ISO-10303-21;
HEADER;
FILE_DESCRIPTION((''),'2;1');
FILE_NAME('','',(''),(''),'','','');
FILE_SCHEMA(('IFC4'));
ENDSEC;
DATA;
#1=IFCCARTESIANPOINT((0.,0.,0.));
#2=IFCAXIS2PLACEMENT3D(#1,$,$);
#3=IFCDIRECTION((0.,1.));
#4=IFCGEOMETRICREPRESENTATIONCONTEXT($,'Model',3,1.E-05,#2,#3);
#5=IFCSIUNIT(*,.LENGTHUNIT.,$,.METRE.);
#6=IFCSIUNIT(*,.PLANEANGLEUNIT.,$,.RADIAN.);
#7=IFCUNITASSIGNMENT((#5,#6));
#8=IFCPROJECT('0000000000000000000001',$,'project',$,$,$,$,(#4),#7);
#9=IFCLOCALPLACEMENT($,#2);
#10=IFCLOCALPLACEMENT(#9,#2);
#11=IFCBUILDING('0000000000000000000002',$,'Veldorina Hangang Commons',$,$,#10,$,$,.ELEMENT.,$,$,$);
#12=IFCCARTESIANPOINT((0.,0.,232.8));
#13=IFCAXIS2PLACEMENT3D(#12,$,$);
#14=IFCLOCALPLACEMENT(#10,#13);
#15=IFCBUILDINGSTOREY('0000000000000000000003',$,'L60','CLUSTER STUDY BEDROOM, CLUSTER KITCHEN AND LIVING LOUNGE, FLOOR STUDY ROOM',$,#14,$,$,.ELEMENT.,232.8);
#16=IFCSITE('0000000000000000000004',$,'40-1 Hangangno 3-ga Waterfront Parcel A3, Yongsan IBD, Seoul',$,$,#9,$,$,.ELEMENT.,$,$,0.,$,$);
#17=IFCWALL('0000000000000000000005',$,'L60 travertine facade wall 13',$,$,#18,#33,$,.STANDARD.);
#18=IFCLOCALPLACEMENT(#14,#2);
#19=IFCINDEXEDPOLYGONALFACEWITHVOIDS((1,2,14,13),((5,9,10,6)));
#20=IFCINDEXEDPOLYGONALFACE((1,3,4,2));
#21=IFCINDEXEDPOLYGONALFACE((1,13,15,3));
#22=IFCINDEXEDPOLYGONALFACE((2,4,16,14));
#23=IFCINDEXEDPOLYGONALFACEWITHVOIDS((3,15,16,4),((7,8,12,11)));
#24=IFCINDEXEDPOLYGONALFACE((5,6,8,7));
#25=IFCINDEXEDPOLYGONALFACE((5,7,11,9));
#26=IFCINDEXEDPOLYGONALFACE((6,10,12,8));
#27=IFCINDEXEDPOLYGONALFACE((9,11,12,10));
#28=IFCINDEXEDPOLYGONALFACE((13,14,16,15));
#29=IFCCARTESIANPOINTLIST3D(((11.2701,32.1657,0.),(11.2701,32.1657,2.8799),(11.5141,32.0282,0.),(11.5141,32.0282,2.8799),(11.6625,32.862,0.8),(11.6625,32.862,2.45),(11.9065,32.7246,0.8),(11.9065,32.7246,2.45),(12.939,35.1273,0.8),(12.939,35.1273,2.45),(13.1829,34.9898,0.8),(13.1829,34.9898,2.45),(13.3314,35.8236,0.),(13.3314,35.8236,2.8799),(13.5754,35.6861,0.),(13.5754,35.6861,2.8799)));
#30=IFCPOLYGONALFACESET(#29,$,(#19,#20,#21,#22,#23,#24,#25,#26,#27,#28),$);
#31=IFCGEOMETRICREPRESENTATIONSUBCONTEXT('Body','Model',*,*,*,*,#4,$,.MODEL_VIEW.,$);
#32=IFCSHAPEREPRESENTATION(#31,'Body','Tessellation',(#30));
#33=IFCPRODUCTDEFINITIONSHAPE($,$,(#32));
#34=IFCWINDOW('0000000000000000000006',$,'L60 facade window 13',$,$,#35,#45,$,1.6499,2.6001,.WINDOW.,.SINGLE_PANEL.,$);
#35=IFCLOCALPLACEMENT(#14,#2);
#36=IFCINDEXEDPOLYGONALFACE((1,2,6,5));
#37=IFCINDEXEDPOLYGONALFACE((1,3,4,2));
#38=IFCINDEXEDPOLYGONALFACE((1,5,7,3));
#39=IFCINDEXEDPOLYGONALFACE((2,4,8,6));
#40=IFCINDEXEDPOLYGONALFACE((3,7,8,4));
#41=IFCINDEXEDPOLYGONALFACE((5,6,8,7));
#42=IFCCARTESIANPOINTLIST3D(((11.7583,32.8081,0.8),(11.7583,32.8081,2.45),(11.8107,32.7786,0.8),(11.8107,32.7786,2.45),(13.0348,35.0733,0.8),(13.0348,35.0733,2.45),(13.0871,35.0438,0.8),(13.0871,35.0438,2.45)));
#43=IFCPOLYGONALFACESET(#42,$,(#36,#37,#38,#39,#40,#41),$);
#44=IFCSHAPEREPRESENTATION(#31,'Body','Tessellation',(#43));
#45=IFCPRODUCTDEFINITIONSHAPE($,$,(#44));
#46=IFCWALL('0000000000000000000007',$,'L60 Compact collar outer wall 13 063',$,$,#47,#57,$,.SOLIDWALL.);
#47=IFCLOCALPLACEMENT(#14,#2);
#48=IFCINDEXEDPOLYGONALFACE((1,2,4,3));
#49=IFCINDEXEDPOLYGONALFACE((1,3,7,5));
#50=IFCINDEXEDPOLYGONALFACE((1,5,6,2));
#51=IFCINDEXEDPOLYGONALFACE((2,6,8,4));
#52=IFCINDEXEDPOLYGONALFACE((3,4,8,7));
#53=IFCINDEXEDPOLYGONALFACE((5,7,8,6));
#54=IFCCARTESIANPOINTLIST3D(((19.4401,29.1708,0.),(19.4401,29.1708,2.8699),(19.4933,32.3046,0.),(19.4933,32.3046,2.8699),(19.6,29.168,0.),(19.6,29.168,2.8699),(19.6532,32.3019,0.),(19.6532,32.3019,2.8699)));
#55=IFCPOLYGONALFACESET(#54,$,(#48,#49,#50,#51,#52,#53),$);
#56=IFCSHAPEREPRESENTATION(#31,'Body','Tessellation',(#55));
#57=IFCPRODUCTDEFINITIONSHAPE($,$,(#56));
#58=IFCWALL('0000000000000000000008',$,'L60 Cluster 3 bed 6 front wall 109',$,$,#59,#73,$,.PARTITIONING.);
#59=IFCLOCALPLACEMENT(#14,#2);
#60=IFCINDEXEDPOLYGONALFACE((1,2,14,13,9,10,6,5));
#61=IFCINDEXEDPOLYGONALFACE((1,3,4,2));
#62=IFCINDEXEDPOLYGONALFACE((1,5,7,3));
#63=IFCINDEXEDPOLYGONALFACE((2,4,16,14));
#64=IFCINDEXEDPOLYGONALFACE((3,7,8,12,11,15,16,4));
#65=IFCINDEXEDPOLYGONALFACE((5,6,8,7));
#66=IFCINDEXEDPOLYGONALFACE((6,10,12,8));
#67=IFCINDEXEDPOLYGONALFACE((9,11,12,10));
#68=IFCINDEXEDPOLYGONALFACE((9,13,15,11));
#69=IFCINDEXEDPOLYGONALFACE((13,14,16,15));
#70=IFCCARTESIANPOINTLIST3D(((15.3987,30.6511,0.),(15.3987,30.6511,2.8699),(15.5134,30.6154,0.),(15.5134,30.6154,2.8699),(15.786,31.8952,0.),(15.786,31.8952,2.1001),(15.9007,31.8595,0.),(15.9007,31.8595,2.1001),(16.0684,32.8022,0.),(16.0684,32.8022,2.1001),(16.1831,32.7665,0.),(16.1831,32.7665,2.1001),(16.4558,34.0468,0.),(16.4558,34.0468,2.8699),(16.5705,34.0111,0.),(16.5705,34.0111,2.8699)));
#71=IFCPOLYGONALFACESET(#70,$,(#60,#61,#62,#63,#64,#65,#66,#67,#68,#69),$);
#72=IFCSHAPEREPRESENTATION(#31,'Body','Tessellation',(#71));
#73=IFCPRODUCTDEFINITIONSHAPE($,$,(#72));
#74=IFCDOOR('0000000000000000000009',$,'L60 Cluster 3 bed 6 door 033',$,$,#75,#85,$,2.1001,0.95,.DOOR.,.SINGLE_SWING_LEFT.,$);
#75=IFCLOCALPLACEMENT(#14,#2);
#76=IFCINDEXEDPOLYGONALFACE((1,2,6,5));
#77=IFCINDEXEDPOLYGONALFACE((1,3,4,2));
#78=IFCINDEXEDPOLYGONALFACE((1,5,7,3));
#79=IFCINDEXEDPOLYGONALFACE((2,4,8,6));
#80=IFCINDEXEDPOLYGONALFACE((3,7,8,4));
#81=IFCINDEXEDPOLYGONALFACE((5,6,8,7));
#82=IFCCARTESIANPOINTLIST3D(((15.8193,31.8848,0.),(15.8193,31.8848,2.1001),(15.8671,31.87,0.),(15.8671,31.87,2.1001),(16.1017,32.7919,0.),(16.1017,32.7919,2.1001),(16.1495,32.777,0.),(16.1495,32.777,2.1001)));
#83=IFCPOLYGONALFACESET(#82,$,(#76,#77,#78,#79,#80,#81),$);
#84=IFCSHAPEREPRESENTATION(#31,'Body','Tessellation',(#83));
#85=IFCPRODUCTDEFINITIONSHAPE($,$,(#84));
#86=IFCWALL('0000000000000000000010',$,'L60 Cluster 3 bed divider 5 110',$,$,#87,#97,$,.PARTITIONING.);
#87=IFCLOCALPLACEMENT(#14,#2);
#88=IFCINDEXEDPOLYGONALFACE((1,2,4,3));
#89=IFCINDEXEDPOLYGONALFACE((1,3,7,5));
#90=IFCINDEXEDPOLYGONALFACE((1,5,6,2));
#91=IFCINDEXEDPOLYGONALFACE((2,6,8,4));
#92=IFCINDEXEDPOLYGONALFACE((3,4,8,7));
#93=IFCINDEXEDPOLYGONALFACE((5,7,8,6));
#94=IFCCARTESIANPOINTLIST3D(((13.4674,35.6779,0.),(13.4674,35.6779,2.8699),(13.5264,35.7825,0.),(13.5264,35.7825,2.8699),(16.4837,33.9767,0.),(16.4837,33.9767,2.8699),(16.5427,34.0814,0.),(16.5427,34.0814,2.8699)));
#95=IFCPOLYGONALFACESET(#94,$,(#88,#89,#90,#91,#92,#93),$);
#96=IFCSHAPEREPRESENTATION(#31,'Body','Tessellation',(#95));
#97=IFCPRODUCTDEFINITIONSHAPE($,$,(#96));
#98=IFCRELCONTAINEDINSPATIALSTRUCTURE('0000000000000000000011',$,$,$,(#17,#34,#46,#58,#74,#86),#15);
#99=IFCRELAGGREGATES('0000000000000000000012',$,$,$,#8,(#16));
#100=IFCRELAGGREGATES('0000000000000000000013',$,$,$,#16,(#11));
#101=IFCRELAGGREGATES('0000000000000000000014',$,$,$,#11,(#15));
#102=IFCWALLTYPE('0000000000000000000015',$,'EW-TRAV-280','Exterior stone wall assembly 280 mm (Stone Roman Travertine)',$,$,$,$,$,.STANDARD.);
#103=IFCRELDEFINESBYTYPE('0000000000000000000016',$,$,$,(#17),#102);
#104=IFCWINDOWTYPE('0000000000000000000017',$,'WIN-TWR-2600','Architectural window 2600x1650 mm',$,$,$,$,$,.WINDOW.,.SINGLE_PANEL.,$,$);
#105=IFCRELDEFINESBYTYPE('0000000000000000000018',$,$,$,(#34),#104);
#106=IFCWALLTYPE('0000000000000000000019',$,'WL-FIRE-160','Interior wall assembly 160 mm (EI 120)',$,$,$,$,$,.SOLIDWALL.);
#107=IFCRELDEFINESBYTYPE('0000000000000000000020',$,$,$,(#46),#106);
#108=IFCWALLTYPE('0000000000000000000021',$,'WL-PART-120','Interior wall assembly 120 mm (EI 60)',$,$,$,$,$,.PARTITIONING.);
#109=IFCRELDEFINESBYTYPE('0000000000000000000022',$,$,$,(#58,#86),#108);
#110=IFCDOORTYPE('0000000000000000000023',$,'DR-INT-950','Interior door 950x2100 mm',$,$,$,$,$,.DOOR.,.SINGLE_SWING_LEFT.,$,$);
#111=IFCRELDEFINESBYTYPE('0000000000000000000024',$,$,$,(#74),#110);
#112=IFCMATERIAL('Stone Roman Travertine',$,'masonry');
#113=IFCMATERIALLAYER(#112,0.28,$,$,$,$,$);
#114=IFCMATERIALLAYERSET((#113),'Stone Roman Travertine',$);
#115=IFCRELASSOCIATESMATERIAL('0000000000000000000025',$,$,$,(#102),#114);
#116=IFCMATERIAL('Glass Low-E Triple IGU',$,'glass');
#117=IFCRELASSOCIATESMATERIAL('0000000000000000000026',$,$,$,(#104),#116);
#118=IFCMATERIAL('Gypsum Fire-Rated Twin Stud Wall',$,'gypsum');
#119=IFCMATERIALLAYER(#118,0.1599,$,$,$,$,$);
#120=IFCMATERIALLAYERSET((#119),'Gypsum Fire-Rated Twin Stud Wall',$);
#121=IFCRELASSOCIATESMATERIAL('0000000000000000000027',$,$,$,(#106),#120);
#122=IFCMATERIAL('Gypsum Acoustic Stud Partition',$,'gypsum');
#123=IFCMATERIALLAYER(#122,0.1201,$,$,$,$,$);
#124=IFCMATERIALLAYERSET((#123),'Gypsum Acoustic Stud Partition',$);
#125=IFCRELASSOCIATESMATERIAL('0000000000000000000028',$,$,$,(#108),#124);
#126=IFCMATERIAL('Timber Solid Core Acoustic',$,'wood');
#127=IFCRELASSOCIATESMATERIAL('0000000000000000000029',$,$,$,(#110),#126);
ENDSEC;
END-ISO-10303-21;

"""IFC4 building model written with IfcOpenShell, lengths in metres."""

from ifc_helpers import new_model, si_unit, direction, frame, frame_2d, origin, place, context, subcontext, project, spatial, rectangle, extrude, material, layer, layer_set, type_object, element, fill, save


model = new_model("IFC4")

# Units and contexts
model_context = context("Model", 3, precision=1e-05, world=origin(), true_north=direction((0.0, 1.0)))
body_context = subcontext(model_context, "Body", "Model", "MODEL_VIEW")
ifc_project = project(units=[si_unit("LENGTHUNIT", "METRE"), si_unit("PLANEANGLEUNIT", "RADIAN")], contexts=[model_context])

# Site, building, storey
site_placement = place(None, origin())
site = spatial("IfcSite", under=ifc_project, at=site_placement, Name="40-1 Hangangno 3-ga Waterfront Parcel A3, Yongsan IBD, Seoul", CompositionType="ELEMENT", RefElevation=0.0)
building_placement = place(site_placement, origin())
building = spatial("IfcBuilding", under=site, at=building_placement, Name="Veldorina Hangang Commons", CompositionType="ELEMENT")
storey_placement = place(building_placement, frame((0.0, 0.0, 232.8)))
storey = spatial("IfcBuildingStorey", under=building, at=storey_placement, Name="L60", Description="CLUSTER STUDY BEDROOM, CLUSTER KITCHEN AND LIVING LOUNGE, FLOOR STUDY ROOM", CompositionType="ELEMENT", Elevation=232.8)

# Shared definitions
ifc_material_1 = material(Name="Stone Roman Travertine", Category="masonry")
ifc_layer_1 = layer(ifc_material_1, 0.28)
ifc_layer_set_1 = layer_set([ifc_layer_1], Name="Stone Roman Travertine")
wall_type_1 = type_object("IfcWallType", Name="EW-TRAV-280", Description="Exterior stone wall assembly 280 mm (Stone Roman Travertine)", PredefinedType="STANDARD", material=ifc_layer_set_1)

# Wall, opening, window
ifc_material_2 = material(Name="Glass Low-E Triple IGU", Category="glass")
window_type = type_object("IfcWindowType", Name="WIN-TWR-2600", Description="Architectural window 2600x1650 mm", PartitioningType="SINGLE_PANEL", PredefinedType="WINDOW", material=ifc_material_2)
wall_1_placement = place(storey_placement, frame((13.4534, 35.7549, 0.0), z_axis=(0.0, 0.0, 1.0), x_axis=(-0.490926, -0.871201, 0.0)))
wall_1 = element("IfcWall", 1, at=wall_1_placement, inside=storey, type_object=wall_type_1, Name="L60 travertine facade wall 13", PredefinedType="STANDARD", context=body_context, shape_type="SweptSolid", body=[
    extrude(rectangle(XDim=4.1987, YDim=0.28, at=frame_2d((2.0994, 0.0))), origin(), (0.0, 0.0, 1.0), 2.8799),
])
opening_1_placement = place(wall_1_placement, frame((0.7993, 0.0, 0.8)))
opening_1 = element("IfcOpeningElement", 2, at=opening_1_placement, cuts=wall_1, PredefinedType="OPENING", context=body_context, shape_type="SweptSolid", body=[
    extrude(rectangle(XDim=2.6001, YDim=1.6499, at=frame_2d((1.3, 0.825))), frame((0.0, 0.1499, 0.0), z_axis=(0.0, -1.0, 0.0), x_axis=(1.0, 0.0, 0.0)), (0.0, 0.0, 1.0), 0.3),
])
window_1_placement = place(opening_1_placement, origin())
window_1 = element("IfcWindow", 3, at=window_1_placement, inside=storey, type_object=window_type, Name="L60 facade window 13", OverallHeight=1.6499, OverallWidth=2.6001, PartitioningType="SINGLE_PANEL", PredefinedType="WINDOW", context=body_context, shape_type="SweptSolid", body=[
    extrude(rectangle(XDim=2.6001, YDim=1.6499, at=frame_2d((1.3, 0.825))), frame((0.0, 0.03, 0.0), z_axis=(0.0, -1.0, 0.0), x_axis=(1.0, 0.0, 0.0)), (0.0, 0.0, 1.0), 0.0601),
])
fill(opening_1, window_1)

# Wall
ifc_material_3 = material(Name="Gypsum Fire-Rated Twin Stud Wall", Category="gypsum")
ifc_layer_2 = layer(ifc_material_3, 0.1599)
ifc_layer_set_2 = layer_set([ifc_layer_2], Name="Gypsum Fire-Rated Twin Stud Wall")
wall_type_2 = type_object("IfcWallType", Name="WL-FIRE-160", Description="Interior wall assembly 160 mm (EI 120)", PredefinedType="SOLIDWALL", material=ifc_layer_set_2)
wall_2_placement = place(storey_placement, frame((19.5732, 32.3032, 0.0), z_axis=(0.0, 0.0, 1.0), x_axis=(-0.016981, -0.999856, 0.0)))
element("IfcWall", 4, at=wall_2_placement, inside=storey, type_object=wall_type_2, Name="L60 Compact collar outer wall 13 063", PredefinedType="SOLIDWALL", context=body_context, shape_type="SweptSolid", body=[
    extrude(rectangle(XDim=3.1343, YDim=0.1599, at=frame_2d((1.5671, 0.0))), origin(), (0.0, 0.0, 1.0), 2.8699),
])

# Wall, opening, door
ifc_material_4 = material(Name="Gypsum Acoustic Stud Partition", Category="gypsum")
ifc_layer_3 = layer(ifc_material_4, 0.1201)
ifc_layer_set_3 = layer_set([ifc_layer_3], Name="Gypsum Acoustic Stud Partition")
wall_type_3 = type_object("IfcWallType", Name="WL-PART-120", Description="Interior wall assembly 120 mm (EI 60)", PredefinedType="PARTITIONING", material=ifc_layer_set_3)
wall_3_placement = place(storey_placement, frame((16.5132, 34.0291, 0.0), z_axis=(0.0, 0.0, 1.0), x_axis=(-0.297239, -0.954803, 0.0)))
wall_3 = element("IfcWall", 5, at=wall_3_placement, inside=storey, type_object=wall_type_3, Name="L60 Cluster 3 bed 6 front wall 109", PredefinedType="PARTITIONING", context=body_context, shape_type="SweptSolid", body=[
    extrude(rectangle(XDim=3.5564, YDim=0.1201, at=frame_2d((1.7783, 0.0))), origin(), (0.0, 0.0, 1.0), 2.8699),
])
opening_2_placement = place(wall_3_placement, frame((1.3035, 0.0, 0.0)))
opening_2 = element("IfcOpeningElement", 6, at=opening_2_placement, cuts=wall_3, PredefinedType="OPENING", context=body_context, shape_type="SweptSolid", body=[
    extrude(rectangle(XDim=0.95, YDim=2.1001, at=frame_2d((0.4751, 1.05))), frame((0.0, 0.0701, 0.0), z_axis=(0.0, -1.0, 0.0), x_axis=(1.0, 0.0, 0.0)), (0.0, 0.0, 1.0), 0.1401),
])
ifc_material_5 = material(Name="Timber Solid Core Acoustic", Category="wood")
door_type = type_object("IfcDoorType", Name="DR-INT-950", Description="Interior door 950x2100 mm", OperationType="SINGLE_SWING_LEFT", PredefinedType="DOOR", material=ifc_material_5)
door_placement = place(opening_2_placement, origin())
door = element("IfcDoor", 7, at=door_placement, inside=storey, type_object=door_type, Name="L60 Cluster 3 bed 6 door 033", OperationType="SINGLE_SWING_LEFT", OverallHeight=2.1001, OverallWidth=0.95, PredefinedType="DOOR", context=body_context, shape_type="SweptSolid", body=[
    extrude(rectangle(XDim=0.95, YDim=2.1001, at=frame_2d((0.4751, 1.05))), frame((0.0, 0.0249, 0.0), z_axis=(0.0, -1.0, 0.0), x_axis=(1.0, 0.0, 0.0)), (0.0, 0.0, 1.0), 0.05),
])
fill(opening_2, door)

# Wall
wall_4_placement = place(storey_placement, frame((16.5132, 34.0291, 0.0), z_axis=(0.0, 0.0, 1.0), x_axis=(-0.871023, 0.491242, 0.0)))
element("IfcWall", 8, at=wall_4_placement, inside=storey, type_object=wall_type_3, Name="L60 Cluster 3 bed divider 5 110", PredefinedType="PARTITIONING", context=body_context, shape_type="SweptSolid", body=[
    extrude(rectangle(XDim=3.4629, YDim=0.1201, at=frame_2d((1.7314, 0.0))), origin(), (0.0, 0.0, 1.0), 2.8699),
])

save(model, "model.ifc")
